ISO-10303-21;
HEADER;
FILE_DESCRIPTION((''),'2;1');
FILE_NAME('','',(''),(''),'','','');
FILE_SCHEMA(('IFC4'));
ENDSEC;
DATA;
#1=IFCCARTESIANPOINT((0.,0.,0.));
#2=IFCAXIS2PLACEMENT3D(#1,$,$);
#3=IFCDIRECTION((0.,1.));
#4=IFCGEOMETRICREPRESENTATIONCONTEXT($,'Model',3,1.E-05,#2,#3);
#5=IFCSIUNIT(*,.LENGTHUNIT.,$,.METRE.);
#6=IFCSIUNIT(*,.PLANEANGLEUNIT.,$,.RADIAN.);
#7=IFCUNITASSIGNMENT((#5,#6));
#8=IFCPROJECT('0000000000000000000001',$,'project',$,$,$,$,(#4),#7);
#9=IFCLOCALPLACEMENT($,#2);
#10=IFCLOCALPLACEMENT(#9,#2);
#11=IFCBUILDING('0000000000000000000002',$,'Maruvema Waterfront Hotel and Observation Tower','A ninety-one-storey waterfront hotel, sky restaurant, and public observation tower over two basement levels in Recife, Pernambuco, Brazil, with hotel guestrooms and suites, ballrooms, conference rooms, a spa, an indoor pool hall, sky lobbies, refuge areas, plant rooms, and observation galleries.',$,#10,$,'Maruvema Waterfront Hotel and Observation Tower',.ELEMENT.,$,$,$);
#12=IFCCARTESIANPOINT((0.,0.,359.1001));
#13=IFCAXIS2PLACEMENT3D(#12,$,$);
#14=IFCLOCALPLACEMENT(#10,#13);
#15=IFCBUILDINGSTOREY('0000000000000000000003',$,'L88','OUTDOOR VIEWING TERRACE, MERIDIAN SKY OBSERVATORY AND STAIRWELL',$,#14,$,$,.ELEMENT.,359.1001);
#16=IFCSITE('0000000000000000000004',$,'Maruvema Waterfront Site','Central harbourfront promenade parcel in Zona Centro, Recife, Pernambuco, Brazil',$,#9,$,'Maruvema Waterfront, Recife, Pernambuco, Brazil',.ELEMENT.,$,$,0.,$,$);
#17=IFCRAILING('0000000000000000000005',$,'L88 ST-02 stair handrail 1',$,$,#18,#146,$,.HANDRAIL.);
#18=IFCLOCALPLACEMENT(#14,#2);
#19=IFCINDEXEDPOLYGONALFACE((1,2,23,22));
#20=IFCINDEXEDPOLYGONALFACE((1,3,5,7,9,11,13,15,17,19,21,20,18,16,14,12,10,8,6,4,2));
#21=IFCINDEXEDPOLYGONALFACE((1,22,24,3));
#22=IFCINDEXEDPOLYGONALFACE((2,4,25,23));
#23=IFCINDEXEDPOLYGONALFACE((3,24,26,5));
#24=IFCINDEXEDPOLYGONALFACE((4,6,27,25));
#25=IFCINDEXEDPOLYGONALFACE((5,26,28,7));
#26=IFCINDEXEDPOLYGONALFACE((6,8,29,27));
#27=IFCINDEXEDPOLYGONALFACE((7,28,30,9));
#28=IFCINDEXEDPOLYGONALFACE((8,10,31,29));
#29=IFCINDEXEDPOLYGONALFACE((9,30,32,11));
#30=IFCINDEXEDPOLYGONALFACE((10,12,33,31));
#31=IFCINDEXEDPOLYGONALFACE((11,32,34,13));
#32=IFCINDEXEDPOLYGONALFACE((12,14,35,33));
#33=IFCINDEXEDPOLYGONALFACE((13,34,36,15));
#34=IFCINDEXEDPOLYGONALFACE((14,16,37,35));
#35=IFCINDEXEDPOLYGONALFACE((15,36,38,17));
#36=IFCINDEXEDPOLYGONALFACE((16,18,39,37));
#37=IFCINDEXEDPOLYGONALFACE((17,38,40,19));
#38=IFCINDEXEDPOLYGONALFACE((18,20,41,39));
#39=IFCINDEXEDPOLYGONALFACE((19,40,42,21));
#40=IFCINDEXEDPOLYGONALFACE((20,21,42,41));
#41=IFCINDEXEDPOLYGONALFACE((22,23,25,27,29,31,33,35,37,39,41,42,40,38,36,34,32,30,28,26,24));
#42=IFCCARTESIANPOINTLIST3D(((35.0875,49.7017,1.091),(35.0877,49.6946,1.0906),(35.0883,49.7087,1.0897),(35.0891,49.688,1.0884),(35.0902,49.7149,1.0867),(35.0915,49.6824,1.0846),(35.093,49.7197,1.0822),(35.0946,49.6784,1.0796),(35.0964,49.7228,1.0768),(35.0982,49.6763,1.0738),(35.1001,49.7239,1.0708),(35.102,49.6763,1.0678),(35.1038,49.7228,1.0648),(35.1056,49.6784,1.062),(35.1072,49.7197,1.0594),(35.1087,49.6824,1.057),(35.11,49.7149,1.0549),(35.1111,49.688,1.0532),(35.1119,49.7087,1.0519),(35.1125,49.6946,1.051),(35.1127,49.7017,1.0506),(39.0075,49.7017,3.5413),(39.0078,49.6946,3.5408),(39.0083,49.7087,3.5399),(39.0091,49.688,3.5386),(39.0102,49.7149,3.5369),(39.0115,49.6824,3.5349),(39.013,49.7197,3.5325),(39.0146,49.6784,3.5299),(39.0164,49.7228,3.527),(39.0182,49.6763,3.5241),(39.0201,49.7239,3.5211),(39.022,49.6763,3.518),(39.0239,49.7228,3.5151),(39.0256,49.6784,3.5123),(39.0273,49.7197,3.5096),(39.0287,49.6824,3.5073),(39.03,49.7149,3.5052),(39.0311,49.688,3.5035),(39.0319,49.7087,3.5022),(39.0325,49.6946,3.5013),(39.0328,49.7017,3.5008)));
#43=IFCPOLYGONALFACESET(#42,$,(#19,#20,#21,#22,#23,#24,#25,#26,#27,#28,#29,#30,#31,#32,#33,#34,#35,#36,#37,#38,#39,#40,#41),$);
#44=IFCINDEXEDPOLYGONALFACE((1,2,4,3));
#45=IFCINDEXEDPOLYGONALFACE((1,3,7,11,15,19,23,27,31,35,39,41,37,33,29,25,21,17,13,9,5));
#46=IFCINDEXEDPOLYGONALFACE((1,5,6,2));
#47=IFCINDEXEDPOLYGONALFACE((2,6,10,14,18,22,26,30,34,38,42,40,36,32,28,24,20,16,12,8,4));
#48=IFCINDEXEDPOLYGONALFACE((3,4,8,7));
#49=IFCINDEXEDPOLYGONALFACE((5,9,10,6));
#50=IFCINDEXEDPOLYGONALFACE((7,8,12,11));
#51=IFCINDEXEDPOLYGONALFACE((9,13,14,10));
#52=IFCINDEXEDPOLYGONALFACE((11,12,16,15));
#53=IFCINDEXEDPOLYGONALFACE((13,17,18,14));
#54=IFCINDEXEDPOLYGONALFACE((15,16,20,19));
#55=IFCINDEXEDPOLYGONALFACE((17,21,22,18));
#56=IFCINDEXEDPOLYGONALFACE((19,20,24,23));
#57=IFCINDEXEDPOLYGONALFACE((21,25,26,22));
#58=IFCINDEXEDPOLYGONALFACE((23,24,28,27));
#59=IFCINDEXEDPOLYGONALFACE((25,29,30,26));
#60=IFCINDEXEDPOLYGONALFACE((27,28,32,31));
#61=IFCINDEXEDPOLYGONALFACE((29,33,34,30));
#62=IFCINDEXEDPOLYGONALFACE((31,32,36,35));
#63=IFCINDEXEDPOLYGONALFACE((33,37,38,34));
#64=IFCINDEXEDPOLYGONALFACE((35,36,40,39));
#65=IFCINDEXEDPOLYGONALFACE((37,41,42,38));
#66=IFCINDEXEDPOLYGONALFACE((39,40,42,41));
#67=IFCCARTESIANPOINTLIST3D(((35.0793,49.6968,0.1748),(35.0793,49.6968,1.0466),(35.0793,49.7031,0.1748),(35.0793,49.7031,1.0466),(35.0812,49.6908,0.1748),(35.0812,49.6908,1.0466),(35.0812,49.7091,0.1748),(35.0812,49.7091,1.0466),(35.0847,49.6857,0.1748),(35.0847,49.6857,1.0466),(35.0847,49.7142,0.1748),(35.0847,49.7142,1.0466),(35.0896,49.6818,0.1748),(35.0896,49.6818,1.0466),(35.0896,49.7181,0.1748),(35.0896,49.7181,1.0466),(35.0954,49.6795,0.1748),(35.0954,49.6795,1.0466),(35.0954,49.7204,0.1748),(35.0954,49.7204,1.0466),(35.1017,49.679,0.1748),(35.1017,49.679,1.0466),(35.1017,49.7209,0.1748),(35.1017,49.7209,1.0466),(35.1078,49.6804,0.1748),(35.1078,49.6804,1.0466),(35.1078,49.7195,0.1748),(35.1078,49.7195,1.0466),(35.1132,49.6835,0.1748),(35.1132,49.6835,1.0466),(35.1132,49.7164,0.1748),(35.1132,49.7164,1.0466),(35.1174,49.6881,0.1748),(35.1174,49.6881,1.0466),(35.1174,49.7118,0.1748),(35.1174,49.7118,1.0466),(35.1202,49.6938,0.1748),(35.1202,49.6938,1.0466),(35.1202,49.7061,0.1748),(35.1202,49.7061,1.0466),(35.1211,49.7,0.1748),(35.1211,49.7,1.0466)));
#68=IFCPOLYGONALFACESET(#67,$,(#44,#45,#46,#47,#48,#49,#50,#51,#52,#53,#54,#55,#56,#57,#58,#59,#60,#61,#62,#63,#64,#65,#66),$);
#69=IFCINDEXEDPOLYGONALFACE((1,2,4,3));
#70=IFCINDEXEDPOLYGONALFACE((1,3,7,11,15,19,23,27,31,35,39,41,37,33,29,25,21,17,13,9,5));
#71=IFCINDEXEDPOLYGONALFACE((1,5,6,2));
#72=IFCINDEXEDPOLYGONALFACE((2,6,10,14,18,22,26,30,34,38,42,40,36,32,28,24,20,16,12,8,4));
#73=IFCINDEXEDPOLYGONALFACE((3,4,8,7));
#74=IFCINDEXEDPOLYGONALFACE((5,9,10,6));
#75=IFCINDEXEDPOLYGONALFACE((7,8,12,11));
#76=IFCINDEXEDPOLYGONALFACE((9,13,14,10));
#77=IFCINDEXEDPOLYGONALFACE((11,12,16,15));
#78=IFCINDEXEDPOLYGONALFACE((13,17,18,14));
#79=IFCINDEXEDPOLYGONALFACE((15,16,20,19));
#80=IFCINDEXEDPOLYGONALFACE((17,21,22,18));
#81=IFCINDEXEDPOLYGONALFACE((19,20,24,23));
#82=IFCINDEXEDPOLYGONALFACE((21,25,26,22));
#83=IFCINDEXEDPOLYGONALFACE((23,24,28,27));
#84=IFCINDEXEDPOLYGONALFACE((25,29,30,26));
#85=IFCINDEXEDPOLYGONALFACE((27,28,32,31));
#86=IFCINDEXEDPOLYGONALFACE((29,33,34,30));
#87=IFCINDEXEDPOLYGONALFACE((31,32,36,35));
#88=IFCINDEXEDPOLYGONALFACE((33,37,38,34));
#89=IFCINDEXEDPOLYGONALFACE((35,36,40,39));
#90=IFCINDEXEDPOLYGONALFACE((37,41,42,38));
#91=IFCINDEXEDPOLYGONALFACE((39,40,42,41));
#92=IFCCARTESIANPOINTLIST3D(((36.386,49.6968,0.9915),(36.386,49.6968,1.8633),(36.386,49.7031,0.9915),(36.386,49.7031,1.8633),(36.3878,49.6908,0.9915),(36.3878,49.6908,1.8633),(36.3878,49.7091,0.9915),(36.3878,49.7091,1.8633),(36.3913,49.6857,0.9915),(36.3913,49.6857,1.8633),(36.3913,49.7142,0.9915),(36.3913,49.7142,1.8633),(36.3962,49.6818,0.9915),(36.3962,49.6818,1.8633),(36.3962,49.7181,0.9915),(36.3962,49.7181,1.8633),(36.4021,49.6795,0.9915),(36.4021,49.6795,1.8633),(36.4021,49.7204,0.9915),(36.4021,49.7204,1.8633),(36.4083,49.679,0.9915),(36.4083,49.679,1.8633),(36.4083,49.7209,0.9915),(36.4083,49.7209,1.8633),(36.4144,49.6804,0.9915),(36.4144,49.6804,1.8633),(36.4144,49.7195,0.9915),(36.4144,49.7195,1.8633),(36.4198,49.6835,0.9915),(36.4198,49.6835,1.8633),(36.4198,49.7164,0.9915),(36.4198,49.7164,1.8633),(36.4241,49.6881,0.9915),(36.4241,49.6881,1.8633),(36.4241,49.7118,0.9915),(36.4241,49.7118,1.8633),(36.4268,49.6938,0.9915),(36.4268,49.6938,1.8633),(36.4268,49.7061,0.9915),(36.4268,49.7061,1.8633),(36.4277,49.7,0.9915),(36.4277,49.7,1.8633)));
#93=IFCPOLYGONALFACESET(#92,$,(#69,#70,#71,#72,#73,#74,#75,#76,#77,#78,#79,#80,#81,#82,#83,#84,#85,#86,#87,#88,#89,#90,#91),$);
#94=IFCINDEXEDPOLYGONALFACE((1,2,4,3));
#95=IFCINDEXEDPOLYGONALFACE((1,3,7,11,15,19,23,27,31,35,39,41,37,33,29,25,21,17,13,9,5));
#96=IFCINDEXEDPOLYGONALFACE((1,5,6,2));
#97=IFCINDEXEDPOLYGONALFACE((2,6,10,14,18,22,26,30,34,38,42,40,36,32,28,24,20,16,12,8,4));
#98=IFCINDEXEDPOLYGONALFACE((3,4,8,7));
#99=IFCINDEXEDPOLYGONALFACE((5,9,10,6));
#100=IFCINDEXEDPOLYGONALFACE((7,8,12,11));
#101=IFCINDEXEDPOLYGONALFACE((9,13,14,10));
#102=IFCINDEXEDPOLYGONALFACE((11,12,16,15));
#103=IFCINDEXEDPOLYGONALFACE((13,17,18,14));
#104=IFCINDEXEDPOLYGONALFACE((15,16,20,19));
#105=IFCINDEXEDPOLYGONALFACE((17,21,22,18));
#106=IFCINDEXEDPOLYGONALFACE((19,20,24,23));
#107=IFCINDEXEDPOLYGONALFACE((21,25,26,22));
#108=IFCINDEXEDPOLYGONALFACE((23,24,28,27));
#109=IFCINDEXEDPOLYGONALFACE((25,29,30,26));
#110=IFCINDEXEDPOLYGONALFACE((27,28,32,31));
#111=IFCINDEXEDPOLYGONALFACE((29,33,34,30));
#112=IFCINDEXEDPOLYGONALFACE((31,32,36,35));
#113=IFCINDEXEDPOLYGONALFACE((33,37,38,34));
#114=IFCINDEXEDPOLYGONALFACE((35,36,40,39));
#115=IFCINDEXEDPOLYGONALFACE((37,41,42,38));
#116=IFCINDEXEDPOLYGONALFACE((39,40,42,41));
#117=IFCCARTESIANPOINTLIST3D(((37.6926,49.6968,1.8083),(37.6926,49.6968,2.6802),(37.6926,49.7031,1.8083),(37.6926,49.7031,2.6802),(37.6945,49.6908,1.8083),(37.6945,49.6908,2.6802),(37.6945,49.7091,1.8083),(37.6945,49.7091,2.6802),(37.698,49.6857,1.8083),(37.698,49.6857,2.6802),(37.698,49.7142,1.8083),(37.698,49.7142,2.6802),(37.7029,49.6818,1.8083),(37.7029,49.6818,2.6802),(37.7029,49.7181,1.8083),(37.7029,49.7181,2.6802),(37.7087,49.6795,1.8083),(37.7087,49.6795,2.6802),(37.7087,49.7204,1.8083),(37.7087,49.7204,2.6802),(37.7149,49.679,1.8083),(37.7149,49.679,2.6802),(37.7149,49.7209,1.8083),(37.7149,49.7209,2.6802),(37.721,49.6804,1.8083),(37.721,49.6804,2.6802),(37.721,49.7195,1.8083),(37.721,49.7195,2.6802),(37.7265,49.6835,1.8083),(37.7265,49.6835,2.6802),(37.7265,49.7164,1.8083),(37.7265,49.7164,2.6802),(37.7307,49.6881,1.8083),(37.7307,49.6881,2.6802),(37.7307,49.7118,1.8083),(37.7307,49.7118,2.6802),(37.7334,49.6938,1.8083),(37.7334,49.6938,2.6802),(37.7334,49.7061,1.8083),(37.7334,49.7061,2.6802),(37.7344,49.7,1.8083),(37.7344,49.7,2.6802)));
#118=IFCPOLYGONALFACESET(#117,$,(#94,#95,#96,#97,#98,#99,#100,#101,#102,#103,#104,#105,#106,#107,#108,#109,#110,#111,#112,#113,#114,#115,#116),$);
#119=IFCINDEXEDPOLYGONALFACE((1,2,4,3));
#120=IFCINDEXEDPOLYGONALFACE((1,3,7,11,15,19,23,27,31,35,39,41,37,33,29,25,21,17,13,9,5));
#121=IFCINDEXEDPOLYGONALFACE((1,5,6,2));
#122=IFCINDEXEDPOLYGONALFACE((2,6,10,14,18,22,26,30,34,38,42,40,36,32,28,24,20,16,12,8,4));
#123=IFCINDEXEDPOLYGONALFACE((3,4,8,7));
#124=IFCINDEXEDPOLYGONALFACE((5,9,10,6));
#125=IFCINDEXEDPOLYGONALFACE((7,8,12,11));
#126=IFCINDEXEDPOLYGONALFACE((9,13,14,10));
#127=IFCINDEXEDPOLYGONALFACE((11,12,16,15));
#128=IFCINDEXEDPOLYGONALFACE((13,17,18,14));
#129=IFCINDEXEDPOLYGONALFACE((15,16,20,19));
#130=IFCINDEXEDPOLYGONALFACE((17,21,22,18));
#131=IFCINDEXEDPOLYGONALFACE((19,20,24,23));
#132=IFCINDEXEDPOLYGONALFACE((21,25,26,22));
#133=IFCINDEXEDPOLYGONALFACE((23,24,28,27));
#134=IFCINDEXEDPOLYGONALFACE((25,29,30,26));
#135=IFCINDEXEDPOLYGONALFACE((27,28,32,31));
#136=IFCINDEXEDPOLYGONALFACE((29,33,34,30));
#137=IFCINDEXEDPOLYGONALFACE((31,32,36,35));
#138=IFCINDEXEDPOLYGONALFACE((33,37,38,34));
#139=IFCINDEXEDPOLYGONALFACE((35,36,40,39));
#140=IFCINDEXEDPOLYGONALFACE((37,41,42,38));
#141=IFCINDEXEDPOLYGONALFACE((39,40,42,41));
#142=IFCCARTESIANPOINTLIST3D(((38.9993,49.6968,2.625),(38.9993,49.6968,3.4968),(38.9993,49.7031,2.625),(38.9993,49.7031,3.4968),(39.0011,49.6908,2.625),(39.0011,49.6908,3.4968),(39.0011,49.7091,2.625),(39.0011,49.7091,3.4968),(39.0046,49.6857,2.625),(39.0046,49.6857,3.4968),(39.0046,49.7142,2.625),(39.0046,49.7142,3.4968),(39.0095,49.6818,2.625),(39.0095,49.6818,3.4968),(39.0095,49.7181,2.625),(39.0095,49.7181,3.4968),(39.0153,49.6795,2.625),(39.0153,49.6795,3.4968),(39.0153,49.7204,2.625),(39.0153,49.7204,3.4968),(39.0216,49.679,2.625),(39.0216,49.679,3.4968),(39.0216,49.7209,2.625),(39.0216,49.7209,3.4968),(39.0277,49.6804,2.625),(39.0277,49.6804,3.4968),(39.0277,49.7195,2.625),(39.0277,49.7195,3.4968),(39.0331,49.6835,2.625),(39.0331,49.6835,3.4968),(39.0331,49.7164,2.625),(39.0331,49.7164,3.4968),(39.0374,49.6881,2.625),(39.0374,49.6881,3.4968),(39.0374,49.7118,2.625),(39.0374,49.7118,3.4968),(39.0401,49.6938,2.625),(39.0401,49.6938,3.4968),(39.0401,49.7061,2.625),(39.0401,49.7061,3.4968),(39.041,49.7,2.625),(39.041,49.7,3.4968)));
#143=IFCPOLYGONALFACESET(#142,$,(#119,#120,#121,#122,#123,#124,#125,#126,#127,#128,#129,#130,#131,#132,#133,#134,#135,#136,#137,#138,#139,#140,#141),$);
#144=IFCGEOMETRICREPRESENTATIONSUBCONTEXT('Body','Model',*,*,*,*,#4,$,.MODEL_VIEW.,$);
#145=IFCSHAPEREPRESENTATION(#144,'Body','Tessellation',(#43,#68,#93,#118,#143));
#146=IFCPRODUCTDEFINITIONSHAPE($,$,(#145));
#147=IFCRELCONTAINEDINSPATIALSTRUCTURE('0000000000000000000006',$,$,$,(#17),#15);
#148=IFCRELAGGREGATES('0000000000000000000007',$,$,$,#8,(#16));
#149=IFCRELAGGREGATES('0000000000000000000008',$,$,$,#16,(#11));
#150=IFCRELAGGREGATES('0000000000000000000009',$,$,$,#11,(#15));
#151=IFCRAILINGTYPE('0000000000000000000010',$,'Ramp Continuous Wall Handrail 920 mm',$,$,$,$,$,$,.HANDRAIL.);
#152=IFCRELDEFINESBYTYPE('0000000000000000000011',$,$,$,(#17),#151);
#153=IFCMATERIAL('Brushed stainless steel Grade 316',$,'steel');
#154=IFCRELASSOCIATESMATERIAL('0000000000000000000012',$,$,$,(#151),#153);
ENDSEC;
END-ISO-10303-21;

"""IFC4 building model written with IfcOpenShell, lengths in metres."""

from ifc_helpers import new_model, si_unit, direction, frame, origin, origin_2d, place, context, subcontext, project, spatial, circle, extrude, material, type_object, element, save


model = new_model("IFC4")

# Units and contexts
model_context = context("Model", 3, precision=1e-05, world=origin(), true_north=direction((0.0, 1.0)))
body_context = subcontext(model_context, "Body", "Model", "MODEL_VIEW")
ifc_project = project(units=[si_unit("LENGTHUNIT", "METRE"), si_unit("PLANEANGLEUNIT", "RADIAN")], contexts=[model_context])

# Site, building, storey
site_placement = place(None, origin())
site = spatial("IfcSite", under=ifc_project, at=site_placement, Name="Maruvema Waterfront Site", Description="Central harbourfront promenade parcel in Zona Centro, Recife, Pernambuco, Brazil", LongName="Maruvema Waterfront, Recife, Pernambuco, Brazil", CompositionType="ELEMENT", RefElevation=0.0)
building_placement = place(site_placement, origin())
building = spatial("IfcBuilding", under=site, at=building_placement, Name="Maruvema Waterfront Hotel and Observation Tower", Description="A ninety-one-storey waterfront hotel, sky restaurant, and public observation tower over two basement levels in Recife, Pernambuco, Brazil, with hotel guestrooms and suites, ballrooms, conference rooms, a spa, an indoor pool hall, sky lobbies, refuge areas, plant rooms, and observation galleries.", LongName="Maruvema Waterfront Hotel and Observation Tower", CompositionType="ELEMENT")
storey_placement = place(building_placement, frame((0.0, 0.0, 359.1001)))
storey = spatial("IfcBuildingStorey", under=building, at=storey_placement, Name="L88", Description="OUTDOOR VIEWING TERRACE, MERIDIAN SKY OBSERVATORY AND STAIRWELL", CompositionType="ELEMENT", Elevation=359.1001)

# Railing
ifc_material_1 = material(Name="Brushed stainless steel Grade 316", Category="steel")
railing_type_1 = type_object("IfcRailingType", Name="Ramp Continuous Wall Handrail 920 mm", PredefinedType="HANDRAIL", material=ifc_material_1)
railing_1_placement = place(storey_placement, frame((35.1001, 49.7, 0.1748)))
element("IfcRailing", 1, at=railing_1_placement, inside=storey, type_object=railing_type_1, Name="L88 ST-02 stair handrail 1", PredefinedType="HANDRAIL", context=body_context, shape_type="SweptSolid", body=[
    extrude(circle(Radius=0.0239, at=origin_2d()), frame((0.0, 0.0, 0.896), z_axis=(0.847975, 0.0, 0.530037), x_axis=(0.0, 1.0, 0.0)), (0.0, 0.0, 1.0), 4.6228),
    extrude(circle(Radius=0.021, at=origin_2d()), origin(), (0.0, 0.0, 1.0), 0.8718),
    extrude(circle(Radius=0.021, at=origin_2d()), frame((1.3066, 0.0, 0.8167)), (0.0, 0.0, 1.0), 0.8718),
    extrude(circle(Radius=0.021, at=origin_2d()), frame((2.6133, 0.0, 1.6335)), (0.0, 0.0, 1.0), 0.8718),
    extrude(circle(Radius=0.021, at=origin_2d()), frame((3.9199, 0.0, 2.4502)), (0.0, 0.0, 1.0), 0.8718),
])

save(model, "model.ifc")
